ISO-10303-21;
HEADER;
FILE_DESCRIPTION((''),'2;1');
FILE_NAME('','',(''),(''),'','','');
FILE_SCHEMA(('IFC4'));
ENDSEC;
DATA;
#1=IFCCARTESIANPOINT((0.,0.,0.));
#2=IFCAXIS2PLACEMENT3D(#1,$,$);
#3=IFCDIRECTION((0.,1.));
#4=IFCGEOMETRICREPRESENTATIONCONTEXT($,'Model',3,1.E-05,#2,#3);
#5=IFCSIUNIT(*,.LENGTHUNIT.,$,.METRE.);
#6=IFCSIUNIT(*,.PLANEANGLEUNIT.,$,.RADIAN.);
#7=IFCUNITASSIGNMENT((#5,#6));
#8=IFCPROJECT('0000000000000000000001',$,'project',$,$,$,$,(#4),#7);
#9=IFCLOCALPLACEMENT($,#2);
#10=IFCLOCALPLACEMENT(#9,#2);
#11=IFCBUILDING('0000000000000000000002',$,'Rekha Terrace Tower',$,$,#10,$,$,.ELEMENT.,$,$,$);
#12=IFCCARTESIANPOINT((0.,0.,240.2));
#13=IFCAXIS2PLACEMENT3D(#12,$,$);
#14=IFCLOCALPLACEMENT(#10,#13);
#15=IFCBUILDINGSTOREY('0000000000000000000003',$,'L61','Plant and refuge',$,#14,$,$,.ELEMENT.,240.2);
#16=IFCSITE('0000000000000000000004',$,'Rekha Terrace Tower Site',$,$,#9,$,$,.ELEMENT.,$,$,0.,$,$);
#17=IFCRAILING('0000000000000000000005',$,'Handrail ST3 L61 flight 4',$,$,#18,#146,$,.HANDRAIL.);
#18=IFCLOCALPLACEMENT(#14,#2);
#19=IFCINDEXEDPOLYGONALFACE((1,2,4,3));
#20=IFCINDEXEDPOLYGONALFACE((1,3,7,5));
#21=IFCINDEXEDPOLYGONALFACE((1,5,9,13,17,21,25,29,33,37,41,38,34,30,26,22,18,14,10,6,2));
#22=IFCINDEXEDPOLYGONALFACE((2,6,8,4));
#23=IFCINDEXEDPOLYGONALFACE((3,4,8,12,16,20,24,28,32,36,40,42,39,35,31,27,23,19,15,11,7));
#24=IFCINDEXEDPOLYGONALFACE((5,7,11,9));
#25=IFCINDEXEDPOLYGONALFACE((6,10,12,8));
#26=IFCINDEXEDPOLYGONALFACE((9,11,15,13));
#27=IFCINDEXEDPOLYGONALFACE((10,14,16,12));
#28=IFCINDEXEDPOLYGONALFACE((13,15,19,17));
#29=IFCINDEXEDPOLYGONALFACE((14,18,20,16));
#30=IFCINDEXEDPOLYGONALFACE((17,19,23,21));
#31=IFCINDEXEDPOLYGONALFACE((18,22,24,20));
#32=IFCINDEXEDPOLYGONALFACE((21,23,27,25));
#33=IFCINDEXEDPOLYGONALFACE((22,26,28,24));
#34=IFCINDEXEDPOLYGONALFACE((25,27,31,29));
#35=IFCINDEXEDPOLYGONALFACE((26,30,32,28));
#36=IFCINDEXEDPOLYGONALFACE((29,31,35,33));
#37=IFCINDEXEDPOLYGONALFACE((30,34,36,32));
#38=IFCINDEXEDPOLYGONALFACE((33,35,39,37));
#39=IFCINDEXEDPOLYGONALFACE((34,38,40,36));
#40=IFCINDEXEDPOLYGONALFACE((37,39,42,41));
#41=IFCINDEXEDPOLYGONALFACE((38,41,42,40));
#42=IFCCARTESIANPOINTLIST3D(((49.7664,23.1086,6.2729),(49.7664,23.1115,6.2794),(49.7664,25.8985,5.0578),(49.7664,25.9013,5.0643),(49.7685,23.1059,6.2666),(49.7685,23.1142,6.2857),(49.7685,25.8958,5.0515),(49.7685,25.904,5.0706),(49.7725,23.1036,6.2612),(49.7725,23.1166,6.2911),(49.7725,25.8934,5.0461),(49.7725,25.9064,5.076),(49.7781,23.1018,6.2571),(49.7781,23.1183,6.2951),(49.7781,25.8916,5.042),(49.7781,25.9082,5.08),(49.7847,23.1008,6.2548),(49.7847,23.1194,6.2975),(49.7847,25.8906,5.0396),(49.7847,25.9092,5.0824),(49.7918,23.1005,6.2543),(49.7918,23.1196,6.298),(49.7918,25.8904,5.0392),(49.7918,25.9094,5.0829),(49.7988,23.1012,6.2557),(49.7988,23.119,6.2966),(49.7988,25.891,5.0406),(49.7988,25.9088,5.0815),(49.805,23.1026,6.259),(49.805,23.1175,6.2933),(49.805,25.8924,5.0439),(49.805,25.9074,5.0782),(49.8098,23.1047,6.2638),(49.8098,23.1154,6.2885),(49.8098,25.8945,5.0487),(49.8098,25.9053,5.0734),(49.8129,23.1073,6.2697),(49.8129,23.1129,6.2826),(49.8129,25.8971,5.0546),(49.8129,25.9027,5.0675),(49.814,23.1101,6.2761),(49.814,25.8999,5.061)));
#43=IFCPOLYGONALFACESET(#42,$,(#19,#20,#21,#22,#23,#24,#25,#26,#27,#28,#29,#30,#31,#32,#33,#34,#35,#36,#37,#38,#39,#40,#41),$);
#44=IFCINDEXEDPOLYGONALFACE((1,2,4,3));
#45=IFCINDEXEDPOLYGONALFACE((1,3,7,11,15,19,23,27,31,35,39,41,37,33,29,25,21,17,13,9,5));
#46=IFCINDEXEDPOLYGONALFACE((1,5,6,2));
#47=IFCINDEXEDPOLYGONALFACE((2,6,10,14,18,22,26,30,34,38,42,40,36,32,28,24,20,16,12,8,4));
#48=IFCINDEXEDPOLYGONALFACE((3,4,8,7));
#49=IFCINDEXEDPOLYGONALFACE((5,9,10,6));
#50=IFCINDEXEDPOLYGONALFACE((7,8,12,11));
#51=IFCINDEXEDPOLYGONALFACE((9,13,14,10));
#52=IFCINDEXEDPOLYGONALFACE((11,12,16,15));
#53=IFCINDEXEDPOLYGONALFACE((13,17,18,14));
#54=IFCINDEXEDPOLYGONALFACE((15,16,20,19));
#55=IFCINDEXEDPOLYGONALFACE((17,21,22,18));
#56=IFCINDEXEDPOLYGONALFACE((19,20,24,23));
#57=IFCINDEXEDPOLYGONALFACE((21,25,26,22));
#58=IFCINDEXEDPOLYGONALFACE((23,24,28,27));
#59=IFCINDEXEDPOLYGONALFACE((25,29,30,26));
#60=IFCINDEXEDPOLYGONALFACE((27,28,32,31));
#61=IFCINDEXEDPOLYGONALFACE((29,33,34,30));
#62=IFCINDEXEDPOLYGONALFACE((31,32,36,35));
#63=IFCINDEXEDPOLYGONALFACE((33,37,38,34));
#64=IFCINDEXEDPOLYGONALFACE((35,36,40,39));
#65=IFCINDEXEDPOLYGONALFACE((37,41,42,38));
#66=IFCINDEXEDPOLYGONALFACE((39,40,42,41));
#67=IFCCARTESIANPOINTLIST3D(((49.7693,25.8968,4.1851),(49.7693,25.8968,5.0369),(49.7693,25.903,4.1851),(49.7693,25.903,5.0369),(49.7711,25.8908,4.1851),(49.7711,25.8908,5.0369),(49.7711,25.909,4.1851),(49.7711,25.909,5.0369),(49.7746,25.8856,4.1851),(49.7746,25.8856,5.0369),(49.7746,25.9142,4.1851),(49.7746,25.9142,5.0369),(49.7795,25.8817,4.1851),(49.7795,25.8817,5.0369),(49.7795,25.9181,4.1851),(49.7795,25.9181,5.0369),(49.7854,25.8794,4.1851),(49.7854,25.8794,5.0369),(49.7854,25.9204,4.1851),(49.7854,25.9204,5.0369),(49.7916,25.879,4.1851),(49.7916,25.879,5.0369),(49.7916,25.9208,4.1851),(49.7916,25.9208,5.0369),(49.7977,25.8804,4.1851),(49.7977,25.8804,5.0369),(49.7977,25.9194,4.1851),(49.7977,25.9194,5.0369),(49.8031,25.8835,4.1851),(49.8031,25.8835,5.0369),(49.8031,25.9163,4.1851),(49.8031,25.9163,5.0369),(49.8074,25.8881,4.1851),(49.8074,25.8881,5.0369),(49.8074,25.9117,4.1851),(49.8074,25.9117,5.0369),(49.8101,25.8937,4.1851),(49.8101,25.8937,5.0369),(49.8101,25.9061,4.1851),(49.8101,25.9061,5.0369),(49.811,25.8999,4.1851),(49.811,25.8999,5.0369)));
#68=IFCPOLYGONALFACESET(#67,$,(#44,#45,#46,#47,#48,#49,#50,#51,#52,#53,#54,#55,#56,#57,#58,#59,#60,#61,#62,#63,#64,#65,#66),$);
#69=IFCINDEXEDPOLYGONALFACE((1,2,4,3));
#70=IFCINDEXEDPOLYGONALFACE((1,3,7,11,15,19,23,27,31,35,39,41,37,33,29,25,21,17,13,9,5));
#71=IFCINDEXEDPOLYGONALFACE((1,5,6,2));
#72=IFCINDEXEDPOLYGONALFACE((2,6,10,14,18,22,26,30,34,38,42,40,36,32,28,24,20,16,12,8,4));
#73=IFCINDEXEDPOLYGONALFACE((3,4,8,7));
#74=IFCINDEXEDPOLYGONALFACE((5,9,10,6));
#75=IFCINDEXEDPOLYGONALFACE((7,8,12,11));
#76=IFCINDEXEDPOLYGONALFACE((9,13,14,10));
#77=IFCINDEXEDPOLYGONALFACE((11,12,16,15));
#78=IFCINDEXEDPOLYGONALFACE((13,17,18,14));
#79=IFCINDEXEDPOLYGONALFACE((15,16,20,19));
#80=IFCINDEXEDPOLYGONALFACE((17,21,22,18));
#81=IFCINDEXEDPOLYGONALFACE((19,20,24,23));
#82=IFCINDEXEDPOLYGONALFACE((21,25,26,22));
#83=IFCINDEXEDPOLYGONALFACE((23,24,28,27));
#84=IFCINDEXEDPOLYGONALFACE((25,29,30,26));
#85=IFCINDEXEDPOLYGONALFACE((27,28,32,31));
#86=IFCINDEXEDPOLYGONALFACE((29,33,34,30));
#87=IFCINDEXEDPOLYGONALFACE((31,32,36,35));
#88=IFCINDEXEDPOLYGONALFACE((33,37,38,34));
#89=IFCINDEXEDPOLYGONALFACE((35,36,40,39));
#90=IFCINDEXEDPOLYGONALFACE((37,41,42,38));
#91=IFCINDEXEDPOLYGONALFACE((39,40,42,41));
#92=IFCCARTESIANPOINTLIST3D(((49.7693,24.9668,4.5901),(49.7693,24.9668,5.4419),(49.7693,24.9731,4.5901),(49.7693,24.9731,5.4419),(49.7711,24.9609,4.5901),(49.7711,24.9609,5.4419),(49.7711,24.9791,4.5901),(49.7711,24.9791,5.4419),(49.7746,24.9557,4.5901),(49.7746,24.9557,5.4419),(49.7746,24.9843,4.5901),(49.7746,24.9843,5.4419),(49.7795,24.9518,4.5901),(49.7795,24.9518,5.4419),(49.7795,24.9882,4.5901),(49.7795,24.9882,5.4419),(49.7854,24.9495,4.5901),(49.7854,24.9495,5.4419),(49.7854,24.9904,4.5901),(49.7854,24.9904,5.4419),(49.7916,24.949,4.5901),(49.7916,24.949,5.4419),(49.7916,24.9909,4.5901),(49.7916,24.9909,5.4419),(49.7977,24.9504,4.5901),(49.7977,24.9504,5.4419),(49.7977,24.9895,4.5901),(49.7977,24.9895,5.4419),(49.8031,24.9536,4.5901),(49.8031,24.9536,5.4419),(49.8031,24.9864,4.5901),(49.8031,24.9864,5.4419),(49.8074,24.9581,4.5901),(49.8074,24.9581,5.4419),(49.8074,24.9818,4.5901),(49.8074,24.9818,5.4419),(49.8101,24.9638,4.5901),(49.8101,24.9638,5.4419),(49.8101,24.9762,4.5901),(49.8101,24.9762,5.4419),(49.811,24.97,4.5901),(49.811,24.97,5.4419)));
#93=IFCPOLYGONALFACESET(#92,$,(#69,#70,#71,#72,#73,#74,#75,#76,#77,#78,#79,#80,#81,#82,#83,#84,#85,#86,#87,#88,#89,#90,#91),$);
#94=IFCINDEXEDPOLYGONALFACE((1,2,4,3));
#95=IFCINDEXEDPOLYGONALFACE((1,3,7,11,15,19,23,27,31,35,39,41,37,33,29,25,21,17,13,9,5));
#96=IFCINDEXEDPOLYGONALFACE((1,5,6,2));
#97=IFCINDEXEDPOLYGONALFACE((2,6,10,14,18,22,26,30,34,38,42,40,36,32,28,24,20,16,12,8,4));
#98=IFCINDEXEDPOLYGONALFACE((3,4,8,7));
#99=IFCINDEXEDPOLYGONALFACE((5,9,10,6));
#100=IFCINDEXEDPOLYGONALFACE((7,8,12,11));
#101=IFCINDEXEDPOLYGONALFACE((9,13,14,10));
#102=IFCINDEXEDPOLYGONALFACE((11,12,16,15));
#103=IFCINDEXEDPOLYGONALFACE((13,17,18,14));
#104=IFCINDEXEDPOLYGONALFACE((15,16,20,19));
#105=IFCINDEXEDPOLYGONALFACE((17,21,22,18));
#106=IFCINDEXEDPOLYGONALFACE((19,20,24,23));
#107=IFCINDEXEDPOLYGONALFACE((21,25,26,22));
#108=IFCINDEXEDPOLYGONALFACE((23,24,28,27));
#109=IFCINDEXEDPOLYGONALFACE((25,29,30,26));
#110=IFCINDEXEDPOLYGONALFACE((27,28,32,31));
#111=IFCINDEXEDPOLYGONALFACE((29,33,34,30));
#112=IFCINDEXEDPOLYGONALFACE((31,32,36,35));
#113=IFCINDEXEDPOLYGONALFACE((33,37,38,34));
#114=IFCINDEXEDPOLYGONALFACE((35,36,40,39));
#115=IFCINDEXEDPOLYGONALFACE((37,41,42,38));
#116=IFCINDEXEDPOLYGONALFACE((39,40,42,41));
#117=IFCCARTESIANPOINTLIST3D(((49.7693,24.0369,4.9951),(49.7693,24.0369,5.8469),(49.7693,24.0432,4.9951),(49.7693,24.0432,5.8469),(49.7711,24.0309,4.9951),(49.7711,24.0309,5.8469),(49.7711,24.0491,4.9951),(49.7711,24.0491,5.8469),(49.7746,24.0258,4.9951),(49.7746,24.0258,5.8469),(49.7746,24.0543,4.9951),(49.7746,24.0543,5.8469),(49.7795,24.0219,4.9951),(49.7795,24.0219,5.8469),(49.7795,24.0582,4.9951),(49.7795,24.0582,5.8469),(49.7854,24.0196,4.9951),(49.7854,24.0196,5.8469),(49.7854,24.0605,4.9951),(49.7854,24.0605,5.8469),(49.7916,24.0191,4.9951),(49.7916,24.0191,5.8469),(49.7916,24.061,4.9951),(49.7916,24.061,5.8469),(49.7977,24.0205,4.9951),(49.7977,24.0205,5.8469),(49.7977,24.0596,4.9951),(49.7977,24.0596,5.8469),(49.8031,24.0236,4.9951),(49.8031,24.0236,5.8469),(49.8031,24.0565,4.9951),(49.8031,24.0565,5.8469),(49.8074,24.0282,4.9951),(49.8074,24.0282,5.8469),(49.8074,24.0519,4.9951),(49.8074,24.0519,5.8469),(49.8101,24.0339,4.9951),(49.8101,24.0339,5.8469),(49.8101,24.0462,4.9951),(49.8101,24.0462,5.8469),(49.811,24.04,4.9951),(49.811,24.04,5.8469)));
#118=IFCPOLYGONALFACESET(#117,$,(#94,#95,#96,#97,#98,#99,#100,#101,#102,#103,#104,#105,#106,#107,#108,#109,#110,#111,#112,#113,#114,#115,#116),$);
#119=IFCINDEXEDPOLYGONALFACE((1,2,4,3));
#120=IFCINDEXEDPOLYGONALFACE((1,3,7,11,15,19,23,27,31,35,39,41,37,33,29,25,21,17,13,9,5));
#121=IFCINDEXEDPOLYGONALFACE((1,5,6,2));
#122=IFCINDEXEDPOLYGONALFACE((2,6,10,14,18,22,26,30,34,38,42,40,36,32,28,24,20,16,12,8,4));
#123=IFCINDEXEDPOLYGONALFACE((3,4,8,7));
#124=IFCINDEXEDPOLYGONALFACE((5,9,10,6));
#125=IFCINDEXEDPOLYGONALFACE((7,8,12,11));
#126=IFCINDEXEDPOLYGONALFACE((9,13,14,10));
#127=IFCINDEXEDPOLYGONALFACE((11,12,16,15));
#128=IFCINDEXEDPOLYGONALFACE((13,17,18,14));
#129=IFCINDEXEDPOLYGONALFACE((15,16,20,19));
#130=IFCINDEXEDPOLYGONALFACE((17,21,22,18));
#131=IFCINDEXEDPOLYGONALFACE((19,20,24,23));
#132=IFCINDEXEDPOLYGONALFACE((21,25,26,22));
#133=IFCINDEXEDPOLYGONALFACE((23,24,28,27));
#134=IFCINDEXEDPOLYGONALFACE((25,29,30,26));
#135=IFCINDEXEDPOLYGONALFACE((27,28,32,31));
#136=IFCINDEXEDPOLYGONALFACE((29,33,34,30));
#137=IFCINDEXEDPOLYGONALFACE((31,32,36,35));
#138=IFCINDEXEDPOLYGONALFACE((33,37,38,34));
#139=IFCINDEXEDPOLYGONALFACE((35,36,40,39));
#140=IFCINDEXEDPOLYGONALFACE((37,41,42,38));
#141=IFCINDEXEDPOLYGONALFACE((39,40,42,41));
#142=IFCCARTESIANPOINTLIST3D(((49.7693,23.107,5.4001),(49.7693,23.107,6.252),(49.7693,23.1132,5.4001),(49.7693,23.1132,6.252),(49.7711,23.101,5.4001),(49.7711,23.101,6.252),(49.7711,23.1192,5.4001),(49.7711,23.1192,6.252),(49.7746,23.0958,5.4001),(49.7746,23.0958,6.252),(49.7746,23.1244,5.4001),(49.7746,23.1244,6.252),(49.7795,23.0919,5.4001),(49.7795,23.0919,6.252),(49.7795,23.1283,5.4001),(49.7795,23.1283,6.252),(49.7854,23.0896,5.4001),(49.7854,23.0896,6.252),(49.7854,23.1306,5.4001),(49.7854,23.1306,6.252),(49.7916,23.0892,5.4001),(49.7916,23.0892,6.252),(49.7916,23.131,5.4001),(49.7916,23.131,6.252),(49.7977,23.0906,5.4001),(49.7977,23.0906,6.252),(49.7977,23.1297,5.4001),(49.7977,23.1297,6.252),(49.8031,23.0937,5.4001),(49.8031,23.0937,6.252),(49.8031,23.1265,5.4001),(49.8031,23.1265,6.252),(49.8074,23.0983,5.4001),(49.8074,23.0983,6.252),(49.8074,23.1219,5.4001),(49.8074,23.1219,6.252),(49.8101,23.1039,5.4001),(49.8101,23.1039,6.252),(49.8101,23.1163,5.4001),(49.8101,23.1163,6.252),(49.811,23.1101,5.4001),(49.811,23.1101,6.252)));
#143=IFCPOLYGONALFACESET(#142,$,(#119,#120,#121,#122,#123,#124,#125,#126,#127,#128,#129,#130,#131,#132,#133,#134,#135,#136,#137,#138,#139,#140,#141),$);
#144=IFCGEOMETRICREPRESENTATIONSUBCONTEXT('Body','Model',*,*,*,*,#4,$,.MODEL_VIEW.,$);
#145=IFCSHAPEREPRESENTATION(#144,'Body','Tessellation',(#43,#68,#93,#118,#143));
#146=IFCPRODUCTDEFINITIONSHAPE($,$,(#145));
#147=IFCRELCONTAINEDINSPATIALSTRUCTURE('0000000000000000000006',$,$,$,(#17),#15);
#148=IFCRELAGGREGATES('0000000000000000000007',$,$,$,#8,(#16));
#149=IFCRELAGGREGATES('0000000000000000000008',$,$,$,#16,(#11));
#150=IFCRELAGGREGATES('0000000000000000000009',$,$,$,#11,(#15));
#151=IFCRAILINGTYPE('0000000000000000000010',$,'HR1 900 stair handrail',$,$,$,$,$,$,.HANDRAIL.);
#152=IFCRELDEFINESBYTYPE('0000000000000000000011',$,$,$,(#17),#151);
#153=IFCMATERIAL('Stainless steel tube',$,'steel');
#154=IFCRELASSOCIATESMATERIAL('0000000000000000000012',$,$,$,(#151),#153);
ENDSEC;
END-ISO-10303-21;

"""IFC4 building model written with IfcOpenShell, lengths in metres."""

from ifc_helpers import new_model, si_unit, direction, frame, origin, origin_2d, place, context, subcontext, project, spatial, circle, extrude, material, type_object, element, save


model = new_model("IFC4")

# Units and contexts
model_context = context("Model", 3, precision=1e-05, world=origin(), true_north=direction((0.0, 1.0)))
body_context = subcontext(model_context, "Body", "Model", "MODEL_VIEW")
ifc_project = project(units=[si_unit("LENGTHUNIT", "METRE"), si_unit("PLANEANGLEUNIT", "RADIAN")], contexts=[model_context])

# Site, building, storey
site_placement = place(None, origin())
site = spatial("IfcSite", under=ifc_project, at=site_placement, Name="Rekha Terrace Tower Site", CompositionType="ELEMENT", RefElevation=0.0)
building_placement = place(site_placement, origin())
building = spatial("IfcBuilding", under=site, at=building_placement, Name="Rekha Terrace Tower", CompositionType="ELEMENT")
storey_placement = place(building_placement, frame((0.0, 0.0, 240.2)))
storey = spatial("IfcBuildingStorey", under=building, at=storey_placement, Name="L61", Description="Plant and refuge", CompositionType="ELEMENT", Elevation=240.2)

# Railing
ifc_material_1 = material(Name="Stainless steel tube", Category="steel")
railing_type_1 = type_object("IfcRailingType", Name="HR1 900 stair handrail", PredefinedType="HANDRAIL", material=ifc_material_1)
railing_1_placement = place(storey_placement, frame((49.79, 25.8999, 4.1851)))
element("IfcRailing", 1, at=railing_1_placement, inside=storey, type_object=railing_type_1, Name="Handrail ST3 L61 flight 4", PredefinedType="HANDRAIL", context=body_context, shape_type="SweptSolid", body=[
    extrude(circle(Radius=0.0239, at=origin_2d()), frame((0.0, 0.0, 0.876), z_axis=(0.0, -0.916813, 0.399316), x_axis=(1.0, 0.0, 0.0)), (0.0, 0.0, 1.0), 3.043),
    extrude(circle(Radius=0.021, at=origin_2d()), origin(), (0.0, 0.0, 1.0), 0.8518),
    extrude(circle(Radius=0.021, at=origin_2d()), frame((0.0, -0.9299, 0.405)), (0.0, 0.0, 1.0), 0.8518),
    extrude(circle(Radius=0.021, at=origin_2d()), frame((0.0, -1.8599, 0.8101)), (0.0, 0.0, 1.0), 0.8518),
    extrude(circle(Radius=0.021, at=origin_2d()), frame((0.0, -2.7898, 1.2151)), (0.0, 0.0, 1.0), 0.8518),
])

save(model, "model.ifc")
